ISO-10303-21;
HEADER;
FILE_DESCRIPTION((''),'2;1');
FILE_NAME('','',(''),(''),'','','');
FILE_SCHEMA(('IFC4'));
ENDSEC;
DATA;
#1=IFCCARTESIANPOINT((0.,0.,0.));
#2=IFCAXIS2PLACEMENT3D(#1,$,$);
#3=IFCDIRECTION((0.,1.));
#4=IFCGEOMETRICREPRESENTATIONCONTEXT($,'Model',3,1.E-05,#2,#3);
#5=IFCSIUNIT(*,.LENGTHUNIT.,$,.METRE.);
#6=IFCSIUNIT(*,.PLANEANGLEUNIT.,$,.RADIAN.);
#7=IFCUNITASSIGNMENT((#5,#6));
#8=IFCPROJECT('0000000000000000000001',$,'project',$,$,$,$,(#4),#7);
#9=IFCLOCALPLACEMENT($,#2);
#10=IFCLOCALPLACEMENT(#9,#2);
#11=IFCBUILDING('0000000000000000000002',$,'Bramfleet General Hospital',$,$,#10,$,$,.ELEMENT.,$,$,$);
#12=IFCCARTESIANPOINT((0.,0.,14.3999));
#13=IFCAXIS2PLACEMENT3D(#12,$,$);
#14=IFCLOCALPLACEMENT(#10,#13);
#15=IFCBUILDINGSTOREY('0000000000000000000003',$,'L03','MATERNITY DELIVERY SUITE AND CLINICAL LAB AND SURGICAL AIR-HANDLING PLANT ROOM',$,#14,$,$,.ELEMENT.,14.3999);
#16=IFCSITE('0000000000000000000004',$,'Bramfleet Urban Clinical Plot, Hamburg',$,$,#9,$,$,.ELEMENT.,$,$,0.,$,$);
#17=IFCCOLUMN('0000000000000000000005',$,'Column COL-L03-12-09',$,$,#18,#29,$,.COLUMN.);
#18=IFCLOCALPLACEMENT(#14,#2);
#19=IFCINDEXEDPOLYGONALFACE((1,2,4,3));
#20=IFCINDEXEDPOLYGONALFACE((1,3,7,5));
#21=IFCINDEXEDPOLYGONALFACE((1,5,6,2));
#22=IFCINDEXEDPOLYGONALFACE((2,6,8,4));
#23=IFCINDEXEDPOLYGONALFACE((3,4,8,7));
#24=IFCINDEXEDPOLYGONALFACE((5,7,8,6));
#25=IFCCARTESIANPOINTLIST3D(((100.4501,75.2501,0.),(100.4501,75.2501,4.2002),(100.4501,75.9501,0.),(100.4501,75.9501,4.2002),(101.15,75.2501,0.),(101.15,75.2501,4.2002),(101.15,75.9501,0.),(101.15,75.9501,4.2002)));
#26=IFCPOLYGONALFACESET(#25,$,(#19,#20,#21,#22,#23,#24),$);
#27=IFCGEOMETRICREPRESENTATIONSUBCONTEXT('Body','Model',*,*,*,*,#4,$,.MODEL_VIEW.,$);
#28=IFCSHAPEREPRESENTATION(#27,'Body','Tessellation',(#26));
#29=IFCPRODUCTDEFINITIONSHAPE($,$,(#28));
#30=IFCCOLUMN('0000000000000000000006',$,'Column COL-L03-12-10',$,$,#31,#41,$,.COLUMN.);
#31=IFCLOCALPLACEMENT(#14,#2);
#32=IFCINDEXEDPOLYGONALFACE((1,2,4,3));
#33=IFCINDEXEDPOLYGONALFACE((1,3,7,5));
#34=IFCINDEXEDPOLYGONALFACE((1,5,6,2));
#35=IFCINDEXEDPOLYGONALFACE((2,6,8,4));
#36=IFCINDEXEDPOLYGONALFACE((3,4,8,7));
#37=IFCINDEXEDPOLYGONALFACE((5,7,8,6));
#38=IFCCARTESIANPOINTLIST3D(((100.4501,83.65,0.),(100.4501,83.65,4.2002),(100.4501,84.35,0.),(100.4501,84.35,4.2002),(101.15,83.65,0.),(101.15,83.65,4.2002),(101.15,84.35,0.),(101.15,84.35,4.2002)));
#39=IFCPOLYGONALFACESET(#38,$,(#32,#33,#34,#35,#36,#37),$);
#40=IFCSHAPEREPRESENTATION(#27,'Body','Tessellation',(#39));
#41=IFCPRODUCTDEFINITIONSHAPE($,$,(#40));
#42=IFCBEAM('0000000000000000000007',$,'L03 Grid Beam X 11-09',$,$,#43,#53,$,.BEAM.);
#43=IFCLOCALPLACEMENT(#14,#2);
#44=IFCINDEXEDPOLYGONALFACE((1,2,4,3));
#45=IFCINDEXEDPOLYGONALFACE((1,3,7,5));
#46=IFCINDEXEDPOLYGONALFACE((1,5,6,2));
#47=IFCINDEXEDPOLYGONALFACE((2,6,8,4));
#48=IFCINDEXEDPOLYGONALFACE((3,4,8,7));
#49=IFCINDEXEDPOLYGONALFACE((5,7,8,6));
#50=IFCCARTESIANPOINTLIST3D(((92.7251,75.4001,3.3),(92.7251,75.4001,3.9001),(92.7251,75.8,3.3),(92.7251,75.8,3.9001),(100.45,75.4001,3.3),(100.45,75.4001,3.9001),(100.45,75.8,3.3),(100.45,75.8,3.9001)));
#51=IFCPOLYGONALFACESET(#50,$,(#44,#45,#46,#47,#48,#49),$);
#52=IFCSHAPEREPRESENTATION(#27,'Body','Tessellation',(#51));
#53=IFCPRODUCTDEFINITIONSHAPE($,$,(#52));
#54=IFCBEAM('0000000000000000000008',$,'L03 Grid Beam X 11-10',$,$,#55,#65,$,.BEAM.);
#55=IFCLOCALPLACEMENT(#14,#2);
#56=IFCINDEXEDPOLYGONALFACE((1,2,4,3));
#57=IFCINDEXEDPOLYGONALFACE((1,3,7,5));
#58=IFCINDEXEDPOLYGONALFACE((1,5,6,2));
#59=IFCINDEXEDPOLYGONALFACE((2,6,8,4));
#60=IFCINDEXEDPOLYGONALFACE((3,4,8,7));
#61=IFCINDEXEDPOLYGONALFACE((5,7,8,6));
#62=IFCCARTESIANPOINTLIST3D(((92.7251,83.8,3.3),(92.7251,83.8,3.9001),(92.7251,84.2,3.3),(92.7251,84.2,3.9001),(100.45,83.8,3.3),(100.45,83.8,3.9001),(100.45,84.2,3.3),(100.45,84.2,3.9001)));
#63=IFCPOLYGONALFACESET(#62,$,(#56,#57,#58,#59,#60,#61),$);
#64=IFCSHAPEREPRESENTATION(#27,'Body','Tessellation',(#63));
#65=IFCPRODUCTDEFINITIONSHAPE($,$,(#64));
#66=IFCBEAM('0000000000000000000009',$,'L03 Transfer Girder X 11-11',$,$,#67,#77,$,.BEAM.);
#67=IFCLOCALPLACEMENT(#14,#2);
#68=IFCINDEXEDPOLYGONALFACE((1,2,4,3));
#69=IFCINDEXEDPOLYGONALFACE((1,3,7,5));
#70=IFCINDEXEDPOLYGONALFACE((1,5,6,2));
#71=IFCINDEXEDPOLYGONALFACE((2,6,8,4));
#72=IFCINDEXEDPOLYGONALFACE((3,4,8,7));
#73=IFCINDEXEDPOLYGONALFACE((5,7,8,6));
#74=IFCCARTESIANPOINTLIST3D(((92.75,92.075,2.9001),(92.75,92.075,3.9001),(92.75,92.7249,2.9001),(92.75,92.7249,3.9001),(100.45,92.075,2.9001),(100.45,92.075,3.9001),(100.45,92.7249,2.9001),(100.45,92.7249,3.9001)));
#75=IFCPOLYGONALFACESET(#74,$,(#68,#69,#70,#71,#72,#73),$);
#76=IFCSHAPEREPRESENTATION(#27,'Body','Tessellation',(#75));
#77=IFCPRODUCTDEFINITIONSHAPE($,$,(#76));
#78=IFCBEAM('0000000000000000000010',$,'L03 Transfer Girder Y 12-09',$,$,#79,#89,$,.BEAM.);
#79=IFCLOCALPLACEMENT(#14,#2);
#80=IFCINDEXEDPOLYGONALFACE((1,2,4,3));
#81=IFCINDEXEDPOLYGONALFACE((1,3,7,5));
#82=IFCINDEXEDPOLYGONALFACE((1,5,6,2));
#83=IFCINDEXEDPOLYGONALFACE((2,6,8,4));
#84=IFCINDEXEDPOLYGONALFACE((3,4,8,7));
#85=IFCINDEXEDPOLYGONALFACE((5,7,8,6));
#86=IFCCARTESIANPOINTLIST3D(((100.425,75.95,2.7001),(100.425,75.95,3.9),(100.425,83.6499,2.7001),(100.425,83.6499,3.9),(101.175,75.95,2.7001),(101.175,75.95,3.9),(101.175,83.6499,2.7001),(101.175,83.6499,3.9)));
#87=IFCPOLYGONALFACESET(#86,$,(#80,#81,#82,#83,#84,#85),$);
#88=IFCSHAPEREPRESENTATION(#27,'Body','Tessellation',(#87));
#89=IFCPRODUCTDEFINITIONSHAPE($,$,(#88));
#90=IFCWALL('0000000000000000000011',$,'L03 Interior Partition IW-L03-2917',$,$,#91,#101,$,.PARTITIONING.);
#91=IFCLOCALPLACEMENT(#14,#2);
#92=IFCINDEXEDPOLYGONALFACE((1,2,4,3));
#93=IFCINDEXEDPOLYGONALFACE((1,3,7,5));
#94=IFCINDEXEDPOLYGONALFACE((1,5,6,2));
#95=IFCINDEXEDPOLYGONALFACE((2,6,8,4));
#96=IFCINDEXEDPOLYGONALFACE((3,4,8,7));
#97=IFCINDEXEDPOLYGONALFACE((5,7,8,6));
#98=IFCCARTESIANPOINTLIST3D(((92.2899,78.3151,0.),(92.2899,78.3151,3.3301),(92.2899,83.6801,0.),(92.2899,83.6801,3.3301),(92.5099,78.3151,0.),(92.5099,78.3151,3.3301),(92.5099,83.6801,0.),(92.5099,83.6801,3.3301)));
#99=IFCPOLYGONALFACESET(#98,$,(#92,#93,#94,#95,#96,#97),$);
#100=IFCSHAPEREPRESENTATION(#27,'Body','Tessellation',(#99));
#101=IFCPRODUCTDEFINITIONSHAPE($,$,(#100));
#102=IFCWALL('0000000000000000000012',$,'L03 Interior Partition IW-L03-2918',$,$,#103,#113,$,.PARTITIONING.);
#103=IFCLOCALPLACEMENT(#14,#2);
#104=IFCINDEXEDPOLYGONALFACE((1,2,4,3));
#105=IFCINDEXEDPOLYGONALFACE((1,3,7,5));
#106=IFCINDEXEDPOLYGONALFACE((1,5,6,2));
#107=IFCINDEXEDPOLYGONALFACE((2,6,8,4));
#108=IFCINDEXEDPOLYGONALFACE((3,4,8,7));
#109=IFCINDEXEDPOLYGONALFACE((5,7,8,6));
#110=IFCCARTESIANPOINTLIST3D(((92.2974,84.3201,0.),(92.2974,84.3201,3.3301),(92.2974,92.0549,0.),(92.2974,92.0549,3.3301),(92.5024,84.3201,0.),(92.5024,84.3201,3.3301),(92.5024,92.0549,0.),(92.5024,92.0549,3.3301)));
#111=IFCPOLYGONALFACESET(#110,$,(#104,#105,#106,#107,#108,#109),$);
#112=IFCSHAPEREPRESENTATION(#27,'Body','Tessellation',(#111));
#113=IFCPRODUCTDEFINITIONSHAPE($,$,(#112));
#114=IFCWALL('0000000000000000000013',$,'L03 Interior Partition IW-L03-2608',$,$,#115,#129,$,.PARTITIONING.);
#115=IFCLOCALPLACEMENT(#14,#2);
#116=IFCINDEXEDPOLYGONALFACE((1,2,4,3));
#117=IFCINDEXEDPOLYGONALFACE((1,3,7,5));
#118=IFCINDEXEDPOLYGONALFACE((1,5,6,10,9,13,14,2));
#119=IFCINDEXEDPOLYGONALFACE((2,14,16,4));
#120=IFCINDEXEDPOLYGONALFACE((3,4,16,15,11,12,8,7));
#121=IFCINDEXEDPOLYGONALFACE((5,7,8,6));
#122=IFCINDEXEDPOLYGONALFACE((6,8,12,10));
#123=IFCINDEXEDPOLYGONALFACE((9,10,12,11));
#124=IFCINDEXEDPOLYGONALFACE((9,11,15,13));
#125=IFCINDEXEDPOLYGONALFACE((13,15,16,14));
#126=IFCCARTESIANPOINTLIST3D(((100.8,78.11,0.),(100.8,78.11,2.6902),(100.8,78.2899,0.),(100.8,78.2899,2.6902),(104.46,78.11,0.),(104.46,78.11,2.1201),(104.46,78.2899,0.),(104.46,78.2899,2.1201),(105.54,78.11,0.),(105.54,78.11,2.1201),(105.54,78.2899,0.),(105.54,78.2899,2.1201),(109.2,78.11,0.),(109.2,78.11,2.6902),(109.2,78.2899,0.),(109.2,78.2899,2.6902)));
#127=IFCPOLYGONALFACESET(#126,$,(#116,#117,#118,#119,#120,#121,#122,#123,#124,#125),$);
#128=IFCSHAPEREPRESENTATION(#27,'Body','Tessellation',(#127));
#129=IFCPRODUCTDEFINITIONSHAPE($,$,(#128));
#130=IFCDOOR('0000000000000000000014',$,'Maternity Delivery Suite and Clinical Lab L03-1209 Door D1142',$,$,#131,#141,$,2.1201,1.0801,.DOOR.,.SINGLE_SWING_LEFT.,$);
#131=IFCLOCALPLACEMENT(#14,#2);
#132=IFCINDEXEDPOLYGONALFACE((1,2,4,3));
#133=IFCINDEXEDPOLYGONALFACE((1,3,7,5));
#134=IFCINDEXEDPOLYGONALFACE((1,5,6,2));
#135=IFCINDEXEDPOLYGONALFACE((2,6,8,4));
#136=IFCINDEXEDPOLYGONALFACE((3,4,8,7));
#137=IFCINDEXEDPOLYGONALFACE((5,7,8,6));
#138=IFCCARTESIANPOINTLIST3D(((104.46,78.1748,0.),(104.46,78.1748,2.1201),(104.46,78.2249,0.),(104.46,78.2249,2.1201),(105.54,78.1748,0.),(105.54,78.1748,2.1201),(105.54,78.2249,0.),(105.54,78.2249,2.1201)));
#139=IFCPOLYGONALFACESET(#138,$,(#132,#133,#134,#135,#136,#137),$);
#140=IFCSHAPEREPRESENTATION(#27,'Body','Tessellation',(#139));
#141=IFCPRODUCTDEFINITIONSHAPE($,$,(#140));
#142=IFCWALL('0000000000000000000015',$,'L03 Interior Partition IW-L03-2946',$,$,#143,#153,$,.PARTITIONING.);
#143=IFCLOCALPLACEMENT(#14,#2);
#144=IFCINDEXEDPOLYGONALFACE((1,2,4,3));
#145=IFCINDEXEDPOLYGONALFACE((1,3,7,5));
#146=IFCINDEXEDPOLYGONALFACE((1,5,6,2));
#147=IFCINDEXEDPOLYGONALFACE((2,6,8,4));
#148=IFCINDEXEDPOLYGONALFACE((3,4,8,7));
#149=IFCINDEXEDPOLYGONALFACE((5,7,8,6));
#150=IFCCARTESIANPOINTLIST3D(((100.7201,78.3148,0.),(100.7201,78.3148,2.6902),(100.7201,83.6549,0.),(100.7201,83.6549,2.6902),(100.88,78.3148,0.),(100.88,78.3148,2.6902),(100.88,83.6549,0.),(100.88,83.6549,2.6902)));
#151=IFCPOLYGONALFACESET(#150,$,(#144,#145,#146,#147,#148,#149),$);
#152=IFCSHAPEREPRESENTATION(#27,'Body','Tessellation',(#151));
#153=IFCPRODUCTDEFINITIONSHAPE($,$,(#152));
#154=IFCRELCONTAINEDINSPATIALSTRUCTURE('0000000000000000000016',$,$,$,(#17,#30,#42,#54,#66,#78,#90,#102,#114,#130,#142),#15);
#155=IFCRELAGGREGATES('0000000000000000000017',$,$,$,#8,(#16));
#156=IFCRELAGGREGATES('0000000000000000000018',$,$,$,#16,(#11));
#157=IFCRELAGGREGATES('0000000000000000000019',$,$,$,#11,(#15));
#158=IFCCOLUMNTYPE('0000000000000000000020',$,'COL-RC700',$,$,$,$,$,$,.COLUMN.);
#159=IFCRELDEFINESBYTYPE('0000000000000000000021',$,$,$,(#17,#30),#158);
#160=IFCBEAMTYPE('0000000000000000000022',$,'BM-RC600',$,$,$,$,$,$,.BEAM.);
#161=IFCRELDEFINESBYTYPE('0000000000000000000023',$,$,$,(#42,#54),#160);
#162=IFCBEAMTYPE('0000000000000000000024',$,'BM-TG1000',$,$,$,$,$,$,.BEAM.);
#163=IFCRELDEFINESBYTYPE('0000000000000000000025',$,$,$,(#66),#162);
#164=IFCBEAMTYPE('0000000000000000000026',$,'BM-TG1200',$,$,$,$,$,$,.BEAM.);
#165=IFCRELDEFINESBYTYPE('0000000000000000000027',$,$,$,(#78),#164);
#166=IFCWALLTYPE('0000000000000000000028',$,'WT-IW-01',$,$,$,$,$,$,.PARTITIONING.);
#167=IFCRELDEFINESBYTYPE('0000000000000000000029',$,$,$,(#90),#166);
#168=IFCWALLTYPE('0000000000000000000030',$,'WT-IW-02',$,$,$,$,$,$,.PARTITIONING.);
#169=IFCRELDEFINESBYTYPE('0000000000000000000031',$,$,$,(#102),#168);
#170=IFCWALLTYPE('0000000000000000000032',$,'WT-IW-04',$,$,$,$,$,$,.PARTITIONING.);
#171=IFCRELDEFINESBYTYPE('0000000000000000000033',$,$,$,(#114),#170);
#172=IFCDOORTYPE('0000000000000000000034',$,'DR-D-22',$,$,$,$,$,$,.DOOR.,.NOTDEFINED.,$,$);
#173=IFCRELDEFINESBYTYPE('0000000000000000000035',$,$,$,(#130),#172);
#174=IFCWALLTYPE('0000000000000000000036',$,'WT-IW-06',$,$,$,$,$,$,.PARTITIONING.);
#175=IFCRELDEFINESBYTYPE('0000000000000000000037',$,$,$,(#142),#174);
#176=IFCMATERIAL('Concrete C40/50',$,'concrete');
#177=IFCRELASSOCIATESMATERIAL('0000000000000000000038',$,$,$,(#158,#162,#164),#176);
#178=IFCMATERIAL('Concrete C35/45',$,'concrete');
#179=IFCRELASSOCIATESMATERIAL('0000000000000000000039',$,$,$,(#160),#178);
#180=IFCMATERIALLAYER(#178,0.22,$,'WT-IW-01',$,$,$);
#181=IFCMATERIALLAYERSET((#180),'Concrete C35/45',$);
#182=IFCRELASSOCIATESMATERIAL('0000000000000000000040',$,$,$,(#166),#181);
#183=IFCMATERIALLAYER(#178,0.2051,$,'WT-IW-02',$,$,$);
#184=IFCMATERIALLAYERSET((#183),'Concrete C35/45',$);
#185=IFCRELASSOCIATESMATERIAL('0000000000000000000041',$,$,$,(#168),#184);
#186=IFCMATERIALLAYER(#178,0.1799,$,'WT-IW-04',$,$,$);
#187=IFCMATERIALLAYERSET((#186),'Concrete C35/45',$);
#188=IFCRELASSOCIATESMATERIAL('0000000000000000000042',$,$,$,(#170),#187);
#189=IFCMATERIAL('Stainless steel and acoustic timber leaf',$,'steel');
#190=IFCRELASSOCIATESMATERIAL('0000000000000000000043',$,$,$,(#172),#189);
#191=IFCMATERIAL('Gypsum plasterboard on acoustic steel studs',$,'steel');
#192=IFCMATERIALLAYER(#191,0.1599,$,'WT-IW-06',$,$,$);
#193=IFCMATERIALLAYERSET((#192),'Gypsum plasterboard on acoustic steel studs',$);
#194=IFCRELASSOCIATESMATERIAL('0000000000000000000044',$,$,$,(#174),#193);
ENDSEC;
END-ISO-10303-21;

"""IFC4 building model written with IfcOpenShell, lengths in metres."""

from ifc_helpers import new_model, si_unit, direction, frame, frame_2d, origin, origin_2d, place, context, subcontext, project, spatial, rectangle, extrude, material, layer, layer_set, material_profile, profile_set, type_object, element, fill, save


model = new_model("IFC4")

# Units and contexts
model_context = context("Model", 3, precision=1e-05, world=origin(), true_north=direction((0.0, 1.0)))
body_context = subcontext(model_context, "Body", "Model", "MODEL_VIEW")
ifc_project = project(units=[si_unit("LENGTHUNIT", "METRE"), si_unit("PLANEANGLEUNIT", "RADIAN")], contexts=[model_context])

# Site, building, storey
site_placement = place(None, origin())
site = spatial("IfcSite", under=ifc_project, at=site_placement, Name="Bramfleet Urban Clinical Plot, Hamburg", CompositionType="ELEMENT", RefElevation=0.0)
building_placement = place(site_placement, origin())
building = spatial("IfcBuilding", under=site, at=building_placement, Name="Bramfleet General Hospital", CompositionType="ELEMENT")
storey_placement = place(building_placement, frame((0.0, 0.0, 14.3999)))
storey = spatial("IfcBuildingStorey", under=building, at=storey_placement, Name="L03", Description="MATERNITY DELIVERY SUITE AND CLINICAL LAB AND SURGICAL AIR-HANDLING PLANT ROOM", CompositionType="ELEMENT", Elevation=14.3999)

# Columns
ifc_material_1 = material(Name="Concrete C40/50", Category="concrete")
ifc_material_profile_1 = material_profile(ifc_material_1, rectangle(XDim=0.7, YDim=0.7, at=origin_2d()), Name="RC COL 700x700")
ifc_profile_set_1 = profile_set([ifc_material_profile_1], Name="Concrete C40/50")
column_type = type_object("IfcColumnType", Name="COL-RC700", PredefinedType="COLUMN", material=ifc_profile_set_1)
for number, where, z_axis, x_axis, name in (
    (1, (100.8, 75.6001, 0.0), (0.0, 0.0, 1.0), (1.0, 0.0, 0.0), "Column COL-L03-12-09"),
    (2, (100.8, 84.0, 0.0), (0.0, 0.0, 1.0), (1.0, 0.0, 0.0), "Column COL-L03-12-10"),
):
    element("IfcColumn", number, at=place(storey_placement, frame(where, z_axis=z_axis, x_axis=x_axis)), inside=storey, type_object=column_type, Name=name, PredefinedType="COLUMN", context=body_context, shape_type="SweptSolid", body=[
        extrude(rectangle(XDim=0.7, YDim=0.7, at=origin_2d()), origin(), (0.0, 0.0, 1.0), 4.2002),
    ])

# Beams
ifc_material_2 = material(Name="Concrete C35/45", Category="concrete")
ifc_material_profile_2 = material_profile(ifc_material_2, rectangle(XDim=0.3999, YDim=0.6001, at=origin_2d()), Name="RC BM 600x400")
ifc_profile_set_2 = profile_set([ifc_material_profile_2], Name="Concrete C35/45")
beam_type_1 = type_object("IfcBeamType", Name="BM-RC600", PredefinedType="BEAM", material=ifc_profile_set_2)
for number, where, z_axis, x_axis, name in (
    (3, (92.7251, 75.6001, 3.6001), (1.0, 0.0, 0.0), (0.0, 1.0, 0.0), "L03 Grid Beam X 11-09"),
    (4, (92.7251, 84.0, 3.6001), (1.0, 0.0, 0.0), (0.0, 1.0, 0.0), "L03 Grid Beam X 11-10"),
):
    element("IfcBeam", number, at=place(storey_placement, frame(where, z_axis=z_axis, x_axis=x_axis)), inside=storey, type_object=beam_type_1, Name=name, PredefinedType="BEAM", context=body_context, shape_type="SweptSolid", body=[
        extrude(rectangle(XDim=0.3999, YDim=0.6001, at=origin_2d()), origin(), (0.0, 0.0, 1.0), 7.7249),
    ])
ifc_material_profile_3 = material_profile(ifc_material_1, rectangle(XDim=0.6499, YDim=1.0, at=origin_2d()), Name="RC TG 1000x650")
ifc_profile_set_3 = profile_set([ifc_material_profile_3], Name="Concrete C40/50")
beam_type_2 = type_object("IfcBeamType", Name="BM-TG1000", PredefinedType="BEAM", material=ifc_profile_set_3)
beam_1_placement = place(storey_placement, frame((92.75, 92.3999, 3.4001), z_axis=(1.0, 0.0, 0.0), x_axis=(0.0, 1.0, 0.0)))
element("IfcBeam", 5, at=beam_1_placement, inside=storey, type_object=beam_type_2, Name="L03 Transfer Girder X 11-11", PredefinedType="BEAM", context=body_context, shape_type="SweptSolid", body=[
    extrude(rectangle(XDim=0.6499, YDim=1.0, at=origin_2d()), origin(), (0.0, 0.0, 1.0), 7.7),
])
ifc_material_profile_4 = material_profile(ifc_material_1, rectangle(XDim=0.75, YDim=1.2, at=origin_2d()), Name="RC TG 1200x750")
ifc_profile_set_4 = profile_set([ifc_material_profile_4], Name="Concrete C40/50")
beam_type_3 = type_object("IfcBeamType", Name="BM-TG1200", PredefinedType="BEAM", material=ifc_profile_set_4)
beam_2_placement = place(storey_placement, frame((100.8, 75.95, 3.3), z_axis=(0.0, 1.0, 0.0), x_axis=(-1.0, 0.0, 0.0)))
element("IfcBeam", 6, at=beam_2_placement, inside=storey, type_object=beam_type_3, Name="L03 Transfer Girder Y 12-09", PredefinedType="BEAM", context=body_context, shape_type="SweptSolid", body=[
    extrude(rectangle(XDim=0.75, YDim=1.2, at=origin_2d()), origin(), (0.0, 0.0, 1.0), 7.7),
])

# Walls
ifc_layer_1 = layer(ifc_material_2, 0.22, Name="WT-IW-01")
ifc_layer_set_1 = layer_set([ifc_layer_1], Name="Concrete C35/45")
wall_type_1 = type_object("IfcWallType", Name="WT-IW-01", PredefinedType="PARTITIONING", material=ifc_layer_set_1)
wall_1_placement = place(storey_placement, frame((92.3999, 78.3149, 0.0), z_axis=(0.0, 0.0, 1.0), x_axis=(0.0, 1.0, 0.0)))
element("IfcWall", 7, at=wall_1_placement, inside=storey, type_object=wall_type_1, Name="L03 Interior Partition IW-L03-2917", PredefinedType="PARTITIONING", context=body_context, shape_type="SweptSolid", body=[
    extrude(rectangle(XDim=5.365, YDim=0.22, at=frame_2d((2.6826, 0.0))), origin(), (0.0, 0.0, 1.0), 3.3301),
])
ifc_layer_2 = layer(ifc_material_2, 0.2051, Name="WT-IW-02")
ifc_layer_set_2 = layer_set([ifc_layer_2], Name="Concrete C35/45")
wall_type_2 = type_object("IfcWallType", Name="WT-IW-02", PredefinedType="PARTITIONING", material=ifc_layer_set_2)
wall_2_placement = place(storey_placement, frame((92.3999, 84.3201, 0.0), z_axis=(0.0, 0.0, 1.0), x_axis=(0.0, 1.0, 0.0)))
element("IfcWall", 8, at=wall_2_placement, inside=storey, type_object=wall_type_2, Name="L03 Interior Partition IW-L03-2918", PredefinedType="PARTITIONING", context=body_context, shape_type="SweptSolid", body=[
    extrude(rectangle(XDim=7.7349, YDim=0.2051, at=frame_2d((3.8674, 0.0))), origin(), (0.0, 0.0, 1.0), 3.3301),
])

# Wall, opening, door
ifc_material_3 = material(Name="Stainless steel and acoustic timber leaf", Category="steel")
ifc_layer_3 = layer(ifc_material_2, 0.1799, Name="WT-IW-04")
ifc_layer_set_3 = layer_set([ifc_layer_3], Name="Concrete C35/45")
wall_type_3 = type_object("IfcWallType", Name="WT-IW-04", PredefinedType="PARTITIONING", material=ifc_layer_set_3)
wall_3_placement = place(storey_placement, frame((100.8, 78.2, 0.0), z_axis=(0.0, 0.0, 1.0), x_axis=(1.0, 0.0, 0.0)))
wall_3 = element("IfcWall", 9, at=wall_3_placement, inside=storey, type_object=wall_type_3, Name="L03 Interior Partition IW-L03-2608", PredefinedType="PARTITIONING", context=body_context, shape_type="SweptSolid", body=[
    extrude(rectangle(XDim=8.3999, YDim=0.1799, at=frame_2d((4.2, 0.0))), origin(), (0.0, 0.0, 1.0), 2.6902),
])
opening_1_placement = place(wall_3_placement, frame((3.6599, 0.0, 0.0)))
opening_1 = element("IfcOpeningElement", 10, at=opening_1_placement, cuts=wall_3, PredefinedType="OPENING", context=body_context, shape_type="SweptSolid", body=[
    extrude(rectangle(XDim=1.0801, YDim=2.1201, at=frame_2d((0.54, 1.0601))), frame((0.0, 0.0999, 0.0), z_axis=(0.0, -1.0, 0.0), x_axis=(1.0, 0.0, 0.0)), (0.0, 0.0, 1.0), 0.2),
])
door_type_1 = type_object("IfcDoorType", Name="DR-D-22", OperationType="NOTDEFINED", PredefinedType="DOOR", material=ifc_material_3)
door_1_placement = place(opening_1_placement, origin())
door_1 = element("IfcDoor", 11, at=door_1_placement, inside=storey, type_object=door_type_1, Name="Maternity Delivery Suite and Clinical Lab L03-1209 Door D1142", OperationType="SINGLE_SWING_LEFT", OverallHeight=2.1201, OverallWidth=1.0801, PredefinedType="DOOR", context=body_context, shape_type="SweptSolid", body=[
    extrude(rectangle(XDim=1.0801, YDim=2.1201, at=frame_2d((0.54, 1.0601))), frame((0.0, 0.0249, 0.0), z_axis=(0.0, -1.0, 0.0), x_axis=(1.0, 0.0, 0.0)), (0.0, 0.0, 1.0), 0.05),
])
fill(opening_1, door_1)

# Wall
ifc_material_4 = material(Name="Gypsum plasterboard on acoustic steel studs", Category="steel")
ifc_layer_4 = layer(ifc_material_4, 0.1599, Name="WT-IW-06")
ifc_layer_set_4 = layer_set([ifc_layer_4], Name="Gypsum plasterboard on acoustic steel studs")
wall_type_4 = type_object("IfcWallType", Name="WT-IW-06", PredefinedType="PARTITIONING", material=ifc_layer_set_4)
wall_4_placement = place(storey_placement, frame((100.8, 78.3149, 0.0), z_axis=(0.0, 0.0, 1.0), x_axis=(0.0, 1.0, 0.0)))
element("IfcWall", 12, at=wall_4_placement, inside=storey, type_object=wall_type_4, Name="L03 Interior Partition IW-L03-2946", PredefinedType="PARTITIONING", context=body_context, shape_type="SweptSolid", body=[
    extrude(rectangle(XDim=5.3401, YDim=0.1599, at=frame_2d((2.6699, 0.0))), origin(), (0.0, 0.0, 1.0), 2.6902),
])

save(model, "model.ifc")
